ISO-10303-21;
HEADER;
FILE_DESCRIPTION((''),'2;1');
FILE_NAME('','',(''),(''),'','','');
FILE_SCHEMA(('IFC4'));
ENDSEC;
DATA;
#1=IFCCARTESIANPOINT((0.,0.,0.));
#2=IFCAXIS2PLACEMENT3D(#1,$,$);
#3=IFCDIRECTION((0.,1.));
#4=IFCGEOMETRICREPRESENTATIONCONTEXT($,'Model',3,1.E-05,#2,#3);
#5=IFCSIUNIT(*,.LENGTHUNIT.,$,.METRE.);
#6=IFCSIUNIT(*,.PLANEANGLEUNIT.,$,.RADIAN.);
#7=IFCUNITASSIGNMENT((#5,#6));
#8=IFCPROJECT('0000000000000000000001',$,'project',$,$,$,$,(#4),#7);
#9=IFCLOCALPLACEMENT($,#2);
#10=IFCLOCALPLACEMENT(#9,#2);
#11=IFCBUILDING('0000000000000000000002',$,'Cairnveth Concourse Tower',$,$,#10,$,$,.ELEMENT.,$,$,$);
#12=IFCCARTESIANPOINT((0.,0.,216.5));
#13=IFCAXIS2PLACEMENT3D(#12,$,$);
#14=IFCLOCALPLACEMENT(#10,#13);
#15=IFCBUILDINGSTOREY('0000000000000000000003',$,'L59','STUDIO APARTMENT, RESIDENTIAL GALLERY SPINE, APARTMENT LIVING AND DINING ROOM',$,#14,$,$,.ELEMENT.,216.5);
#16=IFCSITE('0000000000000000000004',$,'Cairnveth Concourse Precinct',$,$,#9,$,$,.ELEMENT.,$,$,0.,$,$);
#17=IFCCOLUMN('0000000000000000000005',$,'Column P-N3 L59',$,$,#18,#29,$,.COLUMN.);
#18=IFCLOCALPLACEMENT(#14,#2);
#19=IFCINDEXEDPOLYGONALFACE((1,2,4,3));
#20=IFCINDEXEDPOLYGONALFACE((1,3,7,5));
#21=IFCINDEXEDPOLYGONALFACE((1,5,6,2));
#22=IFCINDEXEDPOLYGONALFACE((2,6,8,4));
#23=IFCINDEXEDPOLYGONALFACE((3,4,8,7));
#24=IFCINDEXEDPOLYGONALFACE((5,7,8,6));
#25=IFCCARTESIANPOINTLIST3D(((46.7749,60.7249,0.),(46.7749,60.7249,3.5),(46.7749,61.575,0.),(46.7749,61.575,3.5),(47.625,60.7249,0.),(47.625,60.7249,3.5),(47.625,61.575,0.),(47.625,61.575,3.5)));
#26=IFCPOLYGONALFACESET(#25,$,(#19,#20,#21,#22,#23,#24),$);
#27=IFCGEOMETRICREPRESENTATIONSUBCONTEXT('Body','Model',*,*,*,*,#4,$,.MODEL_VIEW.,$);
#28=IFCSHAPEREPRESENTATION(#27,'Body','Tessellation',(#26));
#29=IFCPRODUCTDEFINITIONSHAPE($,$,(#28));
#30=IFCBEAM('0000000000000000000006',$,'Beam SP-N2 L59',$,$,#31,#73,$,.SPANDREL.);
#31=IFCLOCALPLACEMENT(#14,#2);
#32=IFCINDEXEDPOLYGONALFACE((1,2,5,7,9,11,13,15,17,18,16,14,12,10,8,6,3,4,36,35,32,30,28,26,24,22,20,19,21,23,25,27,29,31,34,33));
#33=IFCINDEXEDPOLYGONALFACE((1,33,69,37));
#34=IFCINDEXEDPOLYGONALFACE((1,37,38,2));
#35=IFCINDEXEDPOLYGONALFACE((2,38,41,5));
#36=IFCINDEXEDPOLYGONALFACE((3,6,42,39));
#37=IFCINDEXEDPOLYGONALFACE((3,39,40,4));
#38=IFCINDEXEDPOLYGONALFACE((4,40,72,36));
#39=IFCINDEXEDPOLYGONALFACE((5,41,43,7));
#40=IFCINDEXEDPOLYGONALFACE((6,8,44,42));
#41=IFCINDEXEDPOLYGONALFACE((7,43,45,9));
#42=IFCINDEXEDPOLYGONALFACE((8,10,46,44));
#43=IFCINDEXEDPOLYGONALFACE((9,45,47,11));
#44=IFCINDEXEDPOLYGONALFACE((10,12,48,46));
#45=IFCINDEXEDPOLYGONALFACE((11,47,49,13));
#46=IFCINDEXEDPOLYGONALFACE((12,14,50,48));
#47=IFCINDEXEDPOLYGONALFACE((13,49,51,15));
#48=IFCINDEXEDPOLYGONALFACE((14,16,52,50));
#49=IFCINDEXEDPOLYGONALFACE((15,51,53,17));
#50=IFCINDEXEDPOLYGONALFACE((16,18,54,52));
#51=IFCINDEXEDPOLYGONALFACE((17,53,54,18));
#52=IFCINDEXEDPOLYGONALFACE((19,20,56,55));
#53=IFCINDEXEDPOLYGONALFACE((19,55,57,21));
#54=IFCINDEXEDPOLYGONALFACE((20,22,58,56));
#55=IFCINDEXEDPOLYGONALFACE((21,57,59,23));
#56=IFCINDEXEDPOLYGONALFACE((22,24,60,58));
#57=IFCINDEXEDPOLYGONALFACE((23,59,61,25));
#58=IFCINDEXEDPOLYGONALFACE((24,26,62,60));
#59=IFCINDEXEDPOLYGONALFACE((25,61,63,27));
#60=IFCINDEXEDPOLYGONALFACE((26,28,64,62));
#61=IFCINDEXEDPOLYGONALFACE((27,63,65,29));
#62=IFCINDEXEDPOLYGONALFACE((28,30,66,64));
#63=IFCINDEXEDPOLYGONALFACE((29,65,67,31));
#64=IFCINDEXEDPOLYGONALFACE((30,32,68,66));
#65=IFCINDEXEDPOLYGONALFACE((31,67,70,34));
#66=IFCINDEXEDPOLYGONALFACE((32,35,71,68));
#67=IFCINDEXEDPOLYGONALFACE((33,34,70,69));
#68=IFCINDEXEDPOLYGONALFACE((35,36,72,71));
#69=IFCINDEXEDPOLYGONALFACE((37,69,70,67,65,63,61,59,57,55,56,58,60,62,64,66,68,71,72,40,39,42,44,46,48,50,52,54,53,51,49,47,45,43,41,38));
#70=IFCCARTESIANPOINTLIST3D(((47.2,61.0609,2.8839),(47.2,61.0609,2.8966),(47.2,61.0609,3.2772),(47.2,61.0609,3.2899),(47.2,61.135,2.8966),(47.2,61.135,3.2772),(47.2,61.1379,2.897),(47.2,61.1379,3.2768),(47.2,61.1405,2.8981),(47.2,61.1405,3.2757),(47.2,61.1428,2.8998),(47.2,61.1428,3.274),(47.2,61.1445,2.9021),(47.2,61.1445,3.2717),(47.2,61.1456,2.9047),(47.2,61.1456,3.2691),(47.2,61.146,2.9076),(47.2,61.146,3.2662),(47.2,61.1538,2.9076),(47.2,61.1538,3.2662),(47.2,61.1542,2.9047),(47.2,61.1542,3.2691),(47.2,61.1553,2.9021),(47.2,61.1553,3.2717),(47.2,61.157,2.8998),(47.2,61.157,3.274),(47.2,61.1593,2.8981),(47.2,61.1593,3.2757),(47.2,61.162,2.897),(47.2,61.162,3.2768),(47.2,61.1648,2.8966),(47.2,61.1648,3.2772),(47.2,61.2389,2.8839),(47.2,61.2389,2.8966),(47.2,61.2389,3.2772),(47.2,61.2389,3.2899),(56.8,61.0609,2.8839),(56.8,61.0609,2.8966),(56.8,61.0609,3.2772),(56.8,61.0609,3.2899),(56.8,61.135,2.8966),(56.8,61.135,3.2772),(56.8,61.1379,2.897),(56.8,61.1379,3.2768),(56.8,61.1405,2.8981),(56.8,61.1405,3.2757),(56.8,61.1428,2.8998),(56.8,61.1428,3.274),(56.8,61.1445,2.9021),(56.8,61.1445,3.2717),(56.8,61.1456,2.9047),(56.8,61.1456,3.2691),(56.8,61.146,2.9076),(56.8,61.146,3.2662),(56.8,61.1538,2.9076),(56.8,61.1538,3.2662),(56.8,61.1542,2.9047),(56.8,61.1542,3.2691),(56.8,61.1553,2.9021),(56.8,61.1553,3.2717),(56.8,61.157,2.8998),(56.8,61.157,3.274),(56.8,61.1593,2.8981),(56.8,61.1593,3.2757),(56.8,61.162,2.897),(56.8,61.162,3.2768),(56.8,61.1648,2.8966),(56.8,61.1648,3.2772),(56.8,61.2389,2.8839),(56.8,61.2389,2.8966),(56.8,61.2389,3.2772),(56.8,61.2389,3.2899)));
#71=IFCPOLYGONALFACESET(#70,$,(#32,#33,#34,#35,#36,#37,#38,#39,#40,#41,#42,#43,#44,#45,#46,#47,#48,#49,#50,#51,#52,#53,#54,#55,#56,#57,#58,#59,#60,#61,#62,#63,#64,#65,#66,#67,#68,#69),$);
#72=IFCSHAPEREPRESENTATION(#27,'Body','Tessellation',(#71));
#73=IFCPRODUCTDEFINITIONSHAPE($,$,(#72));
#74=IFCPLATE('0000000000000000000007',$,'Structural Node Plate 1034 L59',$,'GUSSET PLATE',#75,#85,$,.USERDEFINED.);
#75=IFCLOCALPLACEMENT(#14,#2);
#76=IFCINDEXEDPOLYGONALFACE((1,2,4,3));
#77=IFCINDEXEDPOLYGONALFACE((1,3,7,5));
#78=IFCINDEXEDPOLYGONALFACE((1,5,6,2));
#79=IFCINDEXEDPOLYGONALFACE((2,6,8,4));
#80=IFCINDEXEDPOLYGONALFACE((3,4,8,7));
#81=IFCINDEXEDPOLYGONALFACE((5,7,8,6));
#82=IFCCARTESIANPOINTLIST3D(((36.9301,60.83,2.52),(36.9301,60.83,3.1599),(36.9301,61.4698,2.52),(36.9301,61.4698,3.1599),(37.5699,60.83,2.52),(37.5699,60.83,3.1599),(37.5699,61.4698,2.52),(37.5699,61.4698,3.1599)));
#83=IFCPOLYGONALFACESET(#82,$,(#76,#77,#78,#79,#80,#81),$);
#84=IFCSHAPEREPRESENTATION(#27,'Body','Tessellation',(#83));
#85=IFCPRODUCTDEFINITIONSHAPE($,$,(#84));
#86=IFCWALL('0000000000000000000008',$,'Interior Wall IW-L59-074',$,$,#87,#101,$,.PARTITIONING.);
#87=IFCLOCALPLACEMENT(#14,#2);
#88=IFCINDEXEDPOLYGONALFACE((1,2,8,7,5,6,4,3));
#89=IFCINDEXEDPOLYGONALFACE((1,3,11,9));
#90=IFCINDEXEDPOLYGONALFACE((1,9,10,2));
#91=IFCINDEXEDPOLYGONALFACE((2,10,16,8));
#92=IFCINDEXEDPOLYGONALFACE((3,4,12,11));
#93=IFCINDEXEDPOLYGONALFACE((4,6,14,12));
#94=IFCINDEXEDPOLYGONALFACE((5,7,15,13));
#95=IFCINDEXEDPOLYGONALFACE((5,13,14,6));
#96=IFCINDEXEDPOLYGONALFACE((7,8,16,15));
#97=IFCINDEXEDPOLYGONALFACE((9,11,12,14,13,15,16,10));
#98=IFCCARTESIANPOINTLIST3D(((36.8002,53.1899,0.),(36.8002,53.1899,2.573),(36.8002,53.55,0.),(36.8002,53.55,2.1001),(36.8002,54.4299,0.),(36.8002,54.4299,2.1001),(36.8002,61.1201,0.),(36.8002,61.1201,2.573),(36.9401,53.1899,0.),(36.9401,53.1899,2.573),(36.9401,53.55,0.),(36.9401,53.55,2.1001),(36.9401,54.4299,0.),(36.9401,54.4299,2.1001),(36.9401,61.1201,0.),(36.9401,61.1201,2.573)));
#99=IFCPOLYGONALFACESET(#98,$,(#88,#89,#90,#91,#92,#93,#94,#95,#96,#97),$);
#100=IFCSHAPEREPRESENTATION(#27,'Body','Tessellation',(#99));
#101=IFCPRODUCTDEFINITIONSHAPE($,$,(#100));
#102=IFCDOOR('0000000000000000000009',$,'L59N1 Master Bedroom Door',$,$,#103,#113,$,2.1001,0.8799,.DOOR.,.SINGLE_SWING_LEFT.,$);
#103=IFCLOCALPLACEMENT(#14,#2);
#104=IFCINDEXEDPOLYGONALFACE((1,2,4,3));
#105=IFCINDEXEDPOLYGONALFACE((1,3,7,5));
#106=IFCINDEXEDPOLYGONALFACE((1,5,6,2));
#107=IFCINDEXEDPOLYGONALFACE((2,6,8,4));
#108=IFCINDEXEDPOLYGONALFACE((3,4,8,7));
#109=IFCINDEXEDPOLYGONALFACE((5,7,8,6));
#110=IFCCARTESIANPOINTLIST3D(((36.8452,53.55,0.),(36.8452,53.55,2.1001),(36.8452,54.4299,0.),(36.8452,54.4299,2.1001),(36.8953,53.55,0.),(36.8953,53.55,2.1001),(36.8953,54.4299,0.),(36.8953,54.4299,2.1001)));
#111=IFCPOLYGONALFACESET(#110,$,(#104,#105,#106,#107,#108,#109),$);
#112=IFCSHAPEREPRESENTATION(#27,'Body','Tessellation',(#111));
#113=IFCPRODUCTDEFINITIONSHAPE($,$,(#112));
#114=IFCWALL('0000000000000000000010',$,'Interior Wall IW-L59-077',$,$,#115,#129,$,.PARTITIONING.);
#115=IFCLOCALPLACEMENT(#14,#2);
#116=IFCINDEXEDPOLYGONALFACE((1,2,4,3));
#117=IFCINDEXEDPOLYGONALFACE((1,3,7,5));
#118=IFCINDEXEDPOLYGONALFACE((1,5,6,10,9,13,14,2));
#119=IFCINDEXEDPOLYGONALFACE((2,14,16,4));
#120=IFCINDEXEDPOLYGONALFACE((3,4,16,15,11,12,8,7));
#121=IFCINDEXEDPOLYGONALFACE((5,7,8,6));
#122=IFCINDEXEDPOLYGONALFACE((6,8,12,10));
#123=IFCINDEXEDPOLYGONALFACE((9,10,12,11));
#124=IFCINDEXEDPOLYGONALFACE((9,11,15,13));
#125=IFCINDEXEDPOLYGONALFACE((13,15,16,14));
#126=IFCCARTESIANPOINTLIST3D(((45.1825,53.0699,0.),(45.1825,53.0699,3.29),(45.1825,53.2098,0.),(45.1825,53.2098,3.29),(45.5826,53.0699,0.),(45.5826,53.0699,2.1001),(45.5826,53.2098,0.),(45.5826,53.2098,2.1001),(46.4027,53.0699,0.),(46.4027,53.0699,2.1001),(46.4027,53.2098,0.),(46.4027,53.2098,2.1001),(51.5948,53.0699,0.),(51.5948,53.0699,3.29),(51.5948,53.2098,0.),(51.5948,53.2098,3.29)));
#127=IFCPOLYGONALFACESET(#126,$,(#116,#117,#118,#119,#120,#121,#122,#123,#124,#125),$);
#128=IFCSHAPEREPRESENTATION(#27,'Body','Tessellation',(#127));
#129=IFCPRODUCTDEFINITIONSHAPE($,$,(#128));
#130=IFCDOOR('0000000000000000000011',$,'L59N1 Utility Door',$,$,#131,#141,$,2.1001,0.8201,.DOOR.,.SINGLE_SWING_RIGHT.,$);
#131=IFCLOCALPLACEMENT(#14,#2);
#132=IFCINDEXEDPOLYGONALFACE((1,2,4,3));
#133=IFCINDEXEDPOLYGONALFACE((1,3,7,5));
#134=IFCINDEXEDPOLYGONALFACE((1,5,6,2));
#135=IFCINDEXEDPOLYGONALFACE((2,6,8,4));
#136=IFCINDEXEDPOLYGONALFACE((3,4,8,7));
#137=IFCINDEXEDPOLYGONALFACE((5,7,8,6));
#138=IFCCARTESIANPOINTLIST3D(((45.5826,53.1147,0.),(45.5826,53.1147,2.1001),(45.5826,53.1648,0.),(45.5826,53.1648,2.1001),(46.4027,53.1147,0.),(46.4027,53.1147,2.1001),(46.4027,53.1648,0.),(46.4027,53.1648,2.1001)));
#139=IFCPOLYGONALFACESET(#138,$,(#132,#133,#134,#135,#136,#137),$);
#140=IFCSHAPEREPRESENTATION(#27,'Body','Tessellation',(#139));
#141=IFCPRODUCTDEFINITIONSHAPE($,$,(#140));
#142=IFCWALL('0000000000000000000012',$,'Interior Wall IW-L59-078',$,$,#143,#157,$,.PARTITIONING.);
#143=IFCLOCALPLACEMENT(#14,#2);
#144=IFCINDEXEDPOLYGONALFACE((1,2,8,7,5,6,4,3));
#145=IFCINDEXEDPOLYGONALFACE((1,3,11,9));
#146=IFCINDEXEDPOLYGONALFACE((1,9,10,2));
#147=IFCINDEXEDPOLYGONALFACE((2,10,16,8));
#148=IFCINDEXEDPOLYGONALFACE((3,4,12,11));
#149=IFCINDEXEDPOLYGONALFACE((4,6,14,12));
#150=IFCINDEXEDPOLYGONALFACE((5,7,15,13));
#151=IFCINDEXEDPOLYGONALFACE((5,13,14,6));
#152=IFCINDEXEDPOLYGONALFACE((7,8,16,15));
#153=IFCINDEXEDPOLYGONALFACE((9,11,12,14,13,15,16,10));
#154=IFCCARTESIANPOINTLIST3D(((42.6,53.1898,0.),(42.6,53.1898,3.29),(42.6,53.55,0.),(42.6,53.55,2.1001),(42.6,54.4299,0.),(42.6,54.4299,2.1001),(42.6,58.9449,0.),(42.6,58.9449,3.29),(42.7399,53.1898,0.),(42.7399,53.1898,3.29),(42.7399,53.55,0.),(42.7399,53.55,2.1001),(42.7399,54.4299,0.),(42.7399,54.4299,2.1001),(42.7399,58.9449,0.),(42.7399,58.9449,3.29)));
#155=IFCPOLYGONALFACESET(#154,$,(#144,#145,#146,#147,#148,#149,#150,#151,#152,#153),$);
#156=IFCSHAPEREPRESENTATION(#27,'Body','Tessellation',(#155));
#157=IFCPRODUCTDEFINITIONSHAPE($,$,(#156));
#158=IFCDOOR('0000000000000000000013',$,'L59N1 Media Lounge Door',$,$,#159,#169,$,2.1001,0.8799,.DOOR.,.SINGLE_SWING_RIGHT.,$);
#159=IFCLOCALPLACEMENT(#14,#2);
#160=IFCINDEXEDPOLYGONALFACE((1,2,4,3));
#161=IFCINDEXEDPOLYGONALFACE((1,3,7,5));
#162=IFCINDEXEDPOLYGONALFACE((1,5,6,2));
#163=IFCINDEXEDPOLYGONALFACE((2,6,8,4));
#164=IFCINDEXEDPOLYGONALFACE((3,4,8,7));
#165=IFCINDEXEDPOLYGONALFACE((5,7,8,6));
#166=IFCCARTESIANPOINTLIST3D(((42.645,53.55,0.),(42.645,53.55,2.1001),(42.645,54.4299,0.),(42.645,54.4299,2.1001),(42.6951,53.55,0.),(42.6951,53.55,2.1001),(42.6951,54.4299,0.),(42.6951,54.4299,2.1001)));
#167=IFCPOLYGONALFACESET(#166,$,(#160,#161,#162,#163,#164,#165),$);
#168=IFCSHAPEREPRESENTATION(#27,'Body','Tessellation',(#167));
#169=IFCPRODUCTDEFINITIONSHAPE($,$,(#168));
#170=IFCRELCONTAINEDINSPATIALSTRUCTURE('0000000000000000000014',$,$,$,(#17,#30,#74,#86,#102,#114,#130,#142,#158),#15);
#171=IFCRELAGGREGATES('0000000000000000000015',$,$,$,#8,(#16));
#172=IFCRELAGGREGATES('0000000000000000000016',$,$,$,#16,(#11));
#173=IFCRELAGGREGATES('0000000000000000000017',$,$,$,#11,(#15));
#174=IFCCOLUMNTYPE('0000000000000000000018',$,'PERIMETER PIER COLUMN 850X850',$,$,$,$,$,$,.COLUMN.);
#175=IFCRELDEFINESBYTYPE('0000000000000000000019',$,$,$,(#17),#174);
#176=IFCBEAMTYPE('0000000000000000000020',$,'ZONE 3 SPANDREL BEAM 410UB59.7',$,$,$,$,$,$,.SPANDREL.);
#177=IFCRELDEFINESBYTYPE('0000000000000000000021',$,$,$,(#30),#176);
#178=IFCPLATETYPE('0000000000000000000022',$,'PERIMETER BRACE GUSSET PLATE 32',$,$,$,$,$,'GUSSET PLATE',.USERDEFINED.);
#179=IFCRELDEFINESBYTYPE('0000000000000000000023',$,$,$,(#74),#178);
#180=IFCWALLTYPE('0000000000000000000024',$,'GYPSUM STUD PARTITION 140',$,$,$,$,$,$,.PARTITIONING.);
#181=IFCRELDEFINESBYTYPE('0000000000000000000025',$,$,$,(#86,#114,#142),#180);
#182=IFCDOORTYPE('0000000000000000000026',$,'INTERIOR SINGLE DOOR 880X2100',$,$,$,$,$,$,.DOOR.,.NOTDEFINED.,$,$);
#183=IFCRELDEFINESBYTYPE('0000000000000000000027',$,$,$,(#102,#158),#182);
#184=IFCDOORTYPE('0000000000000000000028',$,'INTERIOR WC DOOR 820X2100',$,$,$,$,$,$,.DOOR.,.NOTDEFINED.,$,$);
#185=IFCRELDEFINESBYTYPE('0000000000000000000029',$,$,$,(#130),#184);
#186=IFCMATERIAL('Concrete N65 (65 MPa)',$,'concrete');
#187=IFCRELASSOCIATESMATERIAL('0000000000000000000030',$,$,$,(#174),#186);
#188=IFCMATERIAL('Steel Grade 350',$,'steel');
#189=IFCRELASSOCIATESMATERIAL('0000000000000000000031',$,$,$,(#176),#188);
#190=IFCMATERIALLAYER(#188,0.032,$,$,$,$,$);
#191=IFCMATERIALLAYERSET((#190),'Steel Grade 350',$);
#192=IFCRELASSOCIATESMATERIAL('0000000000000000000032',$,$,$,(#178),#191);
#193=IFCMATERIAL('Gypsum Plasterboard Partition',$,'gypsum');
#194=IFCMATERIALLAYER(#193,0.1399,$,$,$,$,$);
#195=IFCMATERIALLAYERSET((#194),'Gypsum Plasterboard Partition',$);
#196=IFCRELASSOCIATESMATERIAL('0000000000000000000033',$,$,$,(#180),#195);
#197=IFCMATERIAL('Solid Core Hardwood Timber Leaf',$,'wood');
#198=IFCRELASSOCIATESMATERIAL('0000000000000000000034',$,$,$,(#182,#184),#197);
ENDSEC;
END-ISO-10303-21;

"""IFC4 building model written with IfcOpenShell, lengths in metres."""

from ifc_helpers import new_model, si_unit, direction, frame, frame_2d, origin, origin_2d, place, context, subcontext, project, spatial, rectangle, i_section, extrude, material, layer, layer_set, material_profile, profile_set, type_object, element, fill, save


model = new_model("IFC4")

# Units and contexts
model_context = context("Model", 3, precision=1e-05, world=origin(), true_north=direction((0.0, 1.0)))
body_context = subcontext(model_context, "Body", "Model", "MODEL_VIEW")
ifc_project = project(units=[si_unit("LENGTHUNIT", "METRE"), si_unit("PLANEANGLEUNIT", "RADIAN")], contexts=[model_context])

# Site, building, storey
site_placement = place(None, origin())
site = spatial("IfcSite", under=ifc_project, at=site_placement, Name="Cairnveth Concourse Precinct", CompositionType="ELEMENT", RefElevation=0.0)
building_placement = place(site_placement, origin())
building = spatial("IfcBuilding", under=site, at=building_placement, Name="Cairnveth Concourse Tower", CompositionType="ELEMENT")
storey_placement = place(building_placement, frame((0.0, 0.0, 216.5)))
storey = spatial("IfcBuildingStorey", under=building, at=storey_placement, Name="L59", Description="STUDIO APARTMENT, RESIDENTIAL GALLERY SPINE, APARTMENT LIVING AND DINING ROOM", CompositionType="ELEMENT", Elevation=216.5)

# Column
ifc_material_1 = material(Name="Concrete N65 (65 MPa)", Category="concrete")
ifc_material_profile_1 = material_profile(ifc_material_1, rectangle(XDim=0.8501, YDim=0.8501, at=origin_2d()), Name="RC-COL-850x850")
ifc_profile_set_1 = profile_set([ifc_material_profile_1], Name="Concrete N65 (65 MPa)")
column_type = type_object("IfcColumnType", Name="PERIMETER PIER COLUMN 850X850", PredefinedType="COLUMN", material=ifc_profile_set_1)
column_placement = place(storey_placement, frame((47.2, 61.1499, 0.0), z_axis=(0.0, 0.0, 1.0), x_axis=(1.0, 0.0, 0.0)))
element("IfcColumn", 1, at=column_placement, inside=storey, type_object=column_type, Name="Column P-N3 L59", PredefinedType="COLUMN", context=body_context, shape_type="SweptSolid", body=[
    extrude(rectangle(XDim=0.8501, YDim=0.8501, at=origin_2d()), origin(), (0.0, 0.0, 1.0), 3.5),
])

# Beam
ifc_material_2 = material(Name="Steel Grade 350", Category="steel")
ifc_material_profile_2 = material_profile(ifc_material_2, i_section(OverallWidth=0.178, OverallDepth=0.406, WebThickness=0.0078, FlangeThickness=0.0127, FilletRadius=0.011, at=origin_2d()), Name="410UB59.7")
ifc_profile_set_2 = profile_set([ifc_material_profile_2], Name="Steel Grade 350")
beam_type = type_object("IfcBeamType", Name="ZONE 3 SPANDREL BEAM 410UB59.7", PredefinedType="SPANDREL", material=ifc_profile_set_2)
beam_placement = place(storey_placement, frame((47.2, 61.1499, 3.0869), z_axis=(1.0, 0.0, 0.0), x_axis=(0.0, 1.0, 0.0)))
element("IfcBeam", 2, at=beam_placement, inside=storey, type_object=beam_type, Name="Beam SP-N2 L59", PredefinedType="SPANDREL", context=body_context, shape_type="SweptSolid", body=[
    extrude(i_section(OverallWidth=0.178, OverallDepth=0.406, WebThickness=0.0078, FlangeThickness=0.0127, FilletRadius=0.011, at=origin_2d()), origin(), (0.0, 0.0, 1.0), 9.6001),
])

# Plate
ifc_layer_1 = layer(ifc_material_2, 0.032)
ifc_layer_set_1 = layer_set([ifc_layer_1], Name="Steel Grade 350")
plate_type = type_object("IfcPlateType", Name="PERIMETER BRACE GUSSET PLATE 32", ElementType="GUSSET PLATE", PredefinedType="USERDEFINED", material=ifc_layer_set_1)
plate_placement = place(storey_placement, frame((37.25, 61.1499, 2.52), z_axis=(0.0, 0.0, 1.0), x_axis=(1.0, 0.0, 0.0)))
element("IfcPlate", 3, at=plate_placement, inside=storey, type_object=plate_type, Name="Structural Node Plate 1034 L59", ObjectType="GUSSET PLATE", PredefinedType="USERDEFINED", context=body_context, shape_type="SweptSolid", body=[
    extrude(rectangle(XDim=0.6399, YDim=0.6399, at=origin_2d()), origin(), (0.0, 0.0, 1.0), 0.6399),
])

# Walls, openings, doors
ifc_material_3 = material(Name="Gypsum Plasterboard Partition", Category="gypsum")
ifc_layer_2 = layer(ifc_material_3, 0.1399)
ifc_layer_set_2 = layer_set([ifc_layer_2], Name="Gypsum Plasterboard Partition")
wall_type_1 = type_object("IfcWallType", Name="GYPSUM STUD PARTITION 140", PredefinedType="PARTITIONING", material=ifc_layer_set_2)
wall_1_placement = place(storey_placement, frame((36.8701, 53.1899, 0.0), z_axis=(0.0, 0.0, 1.0), x_axis=(0.0, 1.0, 0.0)))
wall_1 = element("IfcWall", 4, at=wall_1_placement, inside=storey, type_object=wall_type_1, Name="Interior Wall IW-L59-074", PredefinedType="PARTITIONING", context=body_context, shape_type="SweptSolid", body=[
    extrude(rectangle(XDim=7.9302, YDim=0.1399, at=frame_2d((3.9651, 0.0))), origin(), (0.0, 0.0, 1.0), 2.573),
])
opening_1_placement = place(wall_1_placement, frame((0.3601, 0.0, 0.0)))
opening_1 = element("IfcOpeningElement", 5, at=opening_1_placement, cuts=wall_1, PredefinedType="OPENING", context=body_context, shape_type="SweptSolid", body=[
    extrude(rectangle(XDim=0.8799, YDim=2.1001, at=frame_2d((0.4399, 1.05))), frame((0.0, 0.0798, 0.0), z_axis=(0.0, -1.0, 0.0), x_axis=(1.0, 0.0, 0.0)), (0.0, 0.0, 1.0), 0.1599),
])
ifc_material_4 = material(Name="Solid Core Hardwood Timber Leaf", Category="wood")
door_type_1 = type_object("IfcDoorType", Name="INTERIOR SINGLE DOOR 880X2100", OperationType="NOTDEFINED", PredefinedType="DOOR", material=ifc_material_4)
door_1_placement = place(opening_1_placement, origin())
door_1 = element("IfcDoor", 6, at=door_1_placement, inside=storey, type_object=door_type_1, Name="L59N1 Master Bedroom Door", OperationType="SINGLE_SWING_LEFT", OverallHeight=2.1001, OverallWidth=0.8799, PredefinedType="DOOR", context=body_context, shape_type="SweptSolid", body=[
    extrude(rectangle(XDim=0.8799, YDim=2.1001, at=frame_2d((0.4399, 1.05))), frame((0.0, 0.0249, 0.0), z_axis=(0.0, -1.0, 0.0), x_axis=(1.0, 0.0, 0.0)), (0.0, 0.0, 1.0), 0.05),
])
fill(opening_1, door_1)
wall_2_placement = place(storey_placement, frame((45.1826, 53.1399, 0.0), z_axis=(0.0, 0.0, 1.0), x_axis=(1.0, 0.0, 0.0)))
wall_2 = element("IfcWall", 7, at=wall_2_placement, inside=storey, type_object=wall_type_1, Name="Interior Wall IW-L59-077", PredefinedType="PARTITIONING", context=body_context, shape_type="SweptSolid", body=[
    extrude(rectangle(XDim=6.4124, YDim=0.1399, at=frame_2d((3.2061, 0.0))), origin(), (0.0, 0.0, 1.0), 3.29),
])
opening_2_placement = place(wall_2_placement, frame((0.3999, 0.0, 0.0)))
opening_2 = element("IfcOpeningElement", 8, at=opening_2_placement, cuts=wall_2, PredefinedType="OPENING", context=body_context, shape_type="SweptSolid", body=[
    extrude(rectangle(XDim=0.8201, YDim=2.1001, at=frame_2d((0.4102, 1.05))), frame((0.0, 0.0798, 0.0), z_axis=(0.0, -1.0, 0.0), x_axis=(1.0, 0.0, 0.0)), (0.0, 0.0, 1.0), 0.1599),
])
door_type_2 = type_object("IfcDoorType", Name="INTERIOR WC DOOR 820X2100", OperationType="NOTDEFINED", PredefinedType="DOOR", material=ifc_material_4)
door_2_placement = place(opening_2_placement, origin())
door_2 = element("IfcDoor", 9, at=door_2_placement, inside=storey, type_object=door_type_2, Name="L59N1 Utility Door", OperationType="SINGLE_SWING_RIGHT", OverallHeight=2.1001, OverallWidth=0.8201, PredefinedType="DOOR", context=body_context, shape_type="SweptSolid", body=[
    extrude(rectangle(XDim=0.8201, YDim=2.1001, at=frame_2d((0.4102, 1.05))), frame((0.0, 0.0249, 0.0), z_axis=(0.0, -1.0, 0.0), x_axis=(1.0, 0.0, 0.0)), (0.0, 0.0, 1.0), 0.05),
])
fill(opening_2, door_2)
wall_3_placement = place(storey_placement, frame((42.6699, 53.1899, 0.0), z_axis=(0.0, 0.0, 1.0), x_axis=(0.0, 1.0, 0.0)))
wall_3 = element("IfcWall", 10, at=wall_3_placement, inside=storey, type_object=wall_type_1, Name="Interior Wall IW-L59-078", PredefinedType="PARTITIONING", context=body_context, shape_type="SweptSolid", body=[
    extrude(rectangle(XDim=5.7551, YDim=0.1399, at=frame_2d((2.8774, 0.0))), origin(), (0.0, 0.0, 1.0), 3.29),
])
opening_3_placement = place(wall_3_placement, frame((0.3601, 0.0, 0.0)))
opening_3 = element("IfcOpeningElement", 11, at=opening_3_placement, cuts=wall_3, PredefinedType="OPENING", context=body_context, shape_type="SweptSolid", body=[
    extrude(rectangle(XDim=0.8799, YDim=2.1001, at=frame_2d((0.4399, 1.05))), frame((0.0, 0.0798, 0.0), z_axis=(0.0, -1.0, 0.0), x_axis=(1.0, 0.0, 0.0)), (0.0, 0.0, 1.0), 0.1599),
])
door_3_placement = place(opening_3_placement, origin())
door_3 = element("IfcDoor", 12, at=door_3_placement, inside=storey, type_object=door_type_1, Name="L59N1 Media Lounge Door", OperationType="SINGLE_SWING_RIGHT", OverallHeight=2.1001, OverallWidth=0.8799, PredefinedType="DOOR", context=body_context, shape_type="SweptSolid", body=[
    extrude(rectangle(XDim=0.8799, YDim=2.1001, at=frame_2d((0.4399, 1.05))), frame((0.0, 0.0249, 0.0), z_axis=(0.0, -1.0, 0.0), x_axis=(1.0, 0.0, 0.0)), (0.0, 0.0, 1.0), 0.05),
])
fill(opening_3, door_3)

save(model, "model.ifc")
